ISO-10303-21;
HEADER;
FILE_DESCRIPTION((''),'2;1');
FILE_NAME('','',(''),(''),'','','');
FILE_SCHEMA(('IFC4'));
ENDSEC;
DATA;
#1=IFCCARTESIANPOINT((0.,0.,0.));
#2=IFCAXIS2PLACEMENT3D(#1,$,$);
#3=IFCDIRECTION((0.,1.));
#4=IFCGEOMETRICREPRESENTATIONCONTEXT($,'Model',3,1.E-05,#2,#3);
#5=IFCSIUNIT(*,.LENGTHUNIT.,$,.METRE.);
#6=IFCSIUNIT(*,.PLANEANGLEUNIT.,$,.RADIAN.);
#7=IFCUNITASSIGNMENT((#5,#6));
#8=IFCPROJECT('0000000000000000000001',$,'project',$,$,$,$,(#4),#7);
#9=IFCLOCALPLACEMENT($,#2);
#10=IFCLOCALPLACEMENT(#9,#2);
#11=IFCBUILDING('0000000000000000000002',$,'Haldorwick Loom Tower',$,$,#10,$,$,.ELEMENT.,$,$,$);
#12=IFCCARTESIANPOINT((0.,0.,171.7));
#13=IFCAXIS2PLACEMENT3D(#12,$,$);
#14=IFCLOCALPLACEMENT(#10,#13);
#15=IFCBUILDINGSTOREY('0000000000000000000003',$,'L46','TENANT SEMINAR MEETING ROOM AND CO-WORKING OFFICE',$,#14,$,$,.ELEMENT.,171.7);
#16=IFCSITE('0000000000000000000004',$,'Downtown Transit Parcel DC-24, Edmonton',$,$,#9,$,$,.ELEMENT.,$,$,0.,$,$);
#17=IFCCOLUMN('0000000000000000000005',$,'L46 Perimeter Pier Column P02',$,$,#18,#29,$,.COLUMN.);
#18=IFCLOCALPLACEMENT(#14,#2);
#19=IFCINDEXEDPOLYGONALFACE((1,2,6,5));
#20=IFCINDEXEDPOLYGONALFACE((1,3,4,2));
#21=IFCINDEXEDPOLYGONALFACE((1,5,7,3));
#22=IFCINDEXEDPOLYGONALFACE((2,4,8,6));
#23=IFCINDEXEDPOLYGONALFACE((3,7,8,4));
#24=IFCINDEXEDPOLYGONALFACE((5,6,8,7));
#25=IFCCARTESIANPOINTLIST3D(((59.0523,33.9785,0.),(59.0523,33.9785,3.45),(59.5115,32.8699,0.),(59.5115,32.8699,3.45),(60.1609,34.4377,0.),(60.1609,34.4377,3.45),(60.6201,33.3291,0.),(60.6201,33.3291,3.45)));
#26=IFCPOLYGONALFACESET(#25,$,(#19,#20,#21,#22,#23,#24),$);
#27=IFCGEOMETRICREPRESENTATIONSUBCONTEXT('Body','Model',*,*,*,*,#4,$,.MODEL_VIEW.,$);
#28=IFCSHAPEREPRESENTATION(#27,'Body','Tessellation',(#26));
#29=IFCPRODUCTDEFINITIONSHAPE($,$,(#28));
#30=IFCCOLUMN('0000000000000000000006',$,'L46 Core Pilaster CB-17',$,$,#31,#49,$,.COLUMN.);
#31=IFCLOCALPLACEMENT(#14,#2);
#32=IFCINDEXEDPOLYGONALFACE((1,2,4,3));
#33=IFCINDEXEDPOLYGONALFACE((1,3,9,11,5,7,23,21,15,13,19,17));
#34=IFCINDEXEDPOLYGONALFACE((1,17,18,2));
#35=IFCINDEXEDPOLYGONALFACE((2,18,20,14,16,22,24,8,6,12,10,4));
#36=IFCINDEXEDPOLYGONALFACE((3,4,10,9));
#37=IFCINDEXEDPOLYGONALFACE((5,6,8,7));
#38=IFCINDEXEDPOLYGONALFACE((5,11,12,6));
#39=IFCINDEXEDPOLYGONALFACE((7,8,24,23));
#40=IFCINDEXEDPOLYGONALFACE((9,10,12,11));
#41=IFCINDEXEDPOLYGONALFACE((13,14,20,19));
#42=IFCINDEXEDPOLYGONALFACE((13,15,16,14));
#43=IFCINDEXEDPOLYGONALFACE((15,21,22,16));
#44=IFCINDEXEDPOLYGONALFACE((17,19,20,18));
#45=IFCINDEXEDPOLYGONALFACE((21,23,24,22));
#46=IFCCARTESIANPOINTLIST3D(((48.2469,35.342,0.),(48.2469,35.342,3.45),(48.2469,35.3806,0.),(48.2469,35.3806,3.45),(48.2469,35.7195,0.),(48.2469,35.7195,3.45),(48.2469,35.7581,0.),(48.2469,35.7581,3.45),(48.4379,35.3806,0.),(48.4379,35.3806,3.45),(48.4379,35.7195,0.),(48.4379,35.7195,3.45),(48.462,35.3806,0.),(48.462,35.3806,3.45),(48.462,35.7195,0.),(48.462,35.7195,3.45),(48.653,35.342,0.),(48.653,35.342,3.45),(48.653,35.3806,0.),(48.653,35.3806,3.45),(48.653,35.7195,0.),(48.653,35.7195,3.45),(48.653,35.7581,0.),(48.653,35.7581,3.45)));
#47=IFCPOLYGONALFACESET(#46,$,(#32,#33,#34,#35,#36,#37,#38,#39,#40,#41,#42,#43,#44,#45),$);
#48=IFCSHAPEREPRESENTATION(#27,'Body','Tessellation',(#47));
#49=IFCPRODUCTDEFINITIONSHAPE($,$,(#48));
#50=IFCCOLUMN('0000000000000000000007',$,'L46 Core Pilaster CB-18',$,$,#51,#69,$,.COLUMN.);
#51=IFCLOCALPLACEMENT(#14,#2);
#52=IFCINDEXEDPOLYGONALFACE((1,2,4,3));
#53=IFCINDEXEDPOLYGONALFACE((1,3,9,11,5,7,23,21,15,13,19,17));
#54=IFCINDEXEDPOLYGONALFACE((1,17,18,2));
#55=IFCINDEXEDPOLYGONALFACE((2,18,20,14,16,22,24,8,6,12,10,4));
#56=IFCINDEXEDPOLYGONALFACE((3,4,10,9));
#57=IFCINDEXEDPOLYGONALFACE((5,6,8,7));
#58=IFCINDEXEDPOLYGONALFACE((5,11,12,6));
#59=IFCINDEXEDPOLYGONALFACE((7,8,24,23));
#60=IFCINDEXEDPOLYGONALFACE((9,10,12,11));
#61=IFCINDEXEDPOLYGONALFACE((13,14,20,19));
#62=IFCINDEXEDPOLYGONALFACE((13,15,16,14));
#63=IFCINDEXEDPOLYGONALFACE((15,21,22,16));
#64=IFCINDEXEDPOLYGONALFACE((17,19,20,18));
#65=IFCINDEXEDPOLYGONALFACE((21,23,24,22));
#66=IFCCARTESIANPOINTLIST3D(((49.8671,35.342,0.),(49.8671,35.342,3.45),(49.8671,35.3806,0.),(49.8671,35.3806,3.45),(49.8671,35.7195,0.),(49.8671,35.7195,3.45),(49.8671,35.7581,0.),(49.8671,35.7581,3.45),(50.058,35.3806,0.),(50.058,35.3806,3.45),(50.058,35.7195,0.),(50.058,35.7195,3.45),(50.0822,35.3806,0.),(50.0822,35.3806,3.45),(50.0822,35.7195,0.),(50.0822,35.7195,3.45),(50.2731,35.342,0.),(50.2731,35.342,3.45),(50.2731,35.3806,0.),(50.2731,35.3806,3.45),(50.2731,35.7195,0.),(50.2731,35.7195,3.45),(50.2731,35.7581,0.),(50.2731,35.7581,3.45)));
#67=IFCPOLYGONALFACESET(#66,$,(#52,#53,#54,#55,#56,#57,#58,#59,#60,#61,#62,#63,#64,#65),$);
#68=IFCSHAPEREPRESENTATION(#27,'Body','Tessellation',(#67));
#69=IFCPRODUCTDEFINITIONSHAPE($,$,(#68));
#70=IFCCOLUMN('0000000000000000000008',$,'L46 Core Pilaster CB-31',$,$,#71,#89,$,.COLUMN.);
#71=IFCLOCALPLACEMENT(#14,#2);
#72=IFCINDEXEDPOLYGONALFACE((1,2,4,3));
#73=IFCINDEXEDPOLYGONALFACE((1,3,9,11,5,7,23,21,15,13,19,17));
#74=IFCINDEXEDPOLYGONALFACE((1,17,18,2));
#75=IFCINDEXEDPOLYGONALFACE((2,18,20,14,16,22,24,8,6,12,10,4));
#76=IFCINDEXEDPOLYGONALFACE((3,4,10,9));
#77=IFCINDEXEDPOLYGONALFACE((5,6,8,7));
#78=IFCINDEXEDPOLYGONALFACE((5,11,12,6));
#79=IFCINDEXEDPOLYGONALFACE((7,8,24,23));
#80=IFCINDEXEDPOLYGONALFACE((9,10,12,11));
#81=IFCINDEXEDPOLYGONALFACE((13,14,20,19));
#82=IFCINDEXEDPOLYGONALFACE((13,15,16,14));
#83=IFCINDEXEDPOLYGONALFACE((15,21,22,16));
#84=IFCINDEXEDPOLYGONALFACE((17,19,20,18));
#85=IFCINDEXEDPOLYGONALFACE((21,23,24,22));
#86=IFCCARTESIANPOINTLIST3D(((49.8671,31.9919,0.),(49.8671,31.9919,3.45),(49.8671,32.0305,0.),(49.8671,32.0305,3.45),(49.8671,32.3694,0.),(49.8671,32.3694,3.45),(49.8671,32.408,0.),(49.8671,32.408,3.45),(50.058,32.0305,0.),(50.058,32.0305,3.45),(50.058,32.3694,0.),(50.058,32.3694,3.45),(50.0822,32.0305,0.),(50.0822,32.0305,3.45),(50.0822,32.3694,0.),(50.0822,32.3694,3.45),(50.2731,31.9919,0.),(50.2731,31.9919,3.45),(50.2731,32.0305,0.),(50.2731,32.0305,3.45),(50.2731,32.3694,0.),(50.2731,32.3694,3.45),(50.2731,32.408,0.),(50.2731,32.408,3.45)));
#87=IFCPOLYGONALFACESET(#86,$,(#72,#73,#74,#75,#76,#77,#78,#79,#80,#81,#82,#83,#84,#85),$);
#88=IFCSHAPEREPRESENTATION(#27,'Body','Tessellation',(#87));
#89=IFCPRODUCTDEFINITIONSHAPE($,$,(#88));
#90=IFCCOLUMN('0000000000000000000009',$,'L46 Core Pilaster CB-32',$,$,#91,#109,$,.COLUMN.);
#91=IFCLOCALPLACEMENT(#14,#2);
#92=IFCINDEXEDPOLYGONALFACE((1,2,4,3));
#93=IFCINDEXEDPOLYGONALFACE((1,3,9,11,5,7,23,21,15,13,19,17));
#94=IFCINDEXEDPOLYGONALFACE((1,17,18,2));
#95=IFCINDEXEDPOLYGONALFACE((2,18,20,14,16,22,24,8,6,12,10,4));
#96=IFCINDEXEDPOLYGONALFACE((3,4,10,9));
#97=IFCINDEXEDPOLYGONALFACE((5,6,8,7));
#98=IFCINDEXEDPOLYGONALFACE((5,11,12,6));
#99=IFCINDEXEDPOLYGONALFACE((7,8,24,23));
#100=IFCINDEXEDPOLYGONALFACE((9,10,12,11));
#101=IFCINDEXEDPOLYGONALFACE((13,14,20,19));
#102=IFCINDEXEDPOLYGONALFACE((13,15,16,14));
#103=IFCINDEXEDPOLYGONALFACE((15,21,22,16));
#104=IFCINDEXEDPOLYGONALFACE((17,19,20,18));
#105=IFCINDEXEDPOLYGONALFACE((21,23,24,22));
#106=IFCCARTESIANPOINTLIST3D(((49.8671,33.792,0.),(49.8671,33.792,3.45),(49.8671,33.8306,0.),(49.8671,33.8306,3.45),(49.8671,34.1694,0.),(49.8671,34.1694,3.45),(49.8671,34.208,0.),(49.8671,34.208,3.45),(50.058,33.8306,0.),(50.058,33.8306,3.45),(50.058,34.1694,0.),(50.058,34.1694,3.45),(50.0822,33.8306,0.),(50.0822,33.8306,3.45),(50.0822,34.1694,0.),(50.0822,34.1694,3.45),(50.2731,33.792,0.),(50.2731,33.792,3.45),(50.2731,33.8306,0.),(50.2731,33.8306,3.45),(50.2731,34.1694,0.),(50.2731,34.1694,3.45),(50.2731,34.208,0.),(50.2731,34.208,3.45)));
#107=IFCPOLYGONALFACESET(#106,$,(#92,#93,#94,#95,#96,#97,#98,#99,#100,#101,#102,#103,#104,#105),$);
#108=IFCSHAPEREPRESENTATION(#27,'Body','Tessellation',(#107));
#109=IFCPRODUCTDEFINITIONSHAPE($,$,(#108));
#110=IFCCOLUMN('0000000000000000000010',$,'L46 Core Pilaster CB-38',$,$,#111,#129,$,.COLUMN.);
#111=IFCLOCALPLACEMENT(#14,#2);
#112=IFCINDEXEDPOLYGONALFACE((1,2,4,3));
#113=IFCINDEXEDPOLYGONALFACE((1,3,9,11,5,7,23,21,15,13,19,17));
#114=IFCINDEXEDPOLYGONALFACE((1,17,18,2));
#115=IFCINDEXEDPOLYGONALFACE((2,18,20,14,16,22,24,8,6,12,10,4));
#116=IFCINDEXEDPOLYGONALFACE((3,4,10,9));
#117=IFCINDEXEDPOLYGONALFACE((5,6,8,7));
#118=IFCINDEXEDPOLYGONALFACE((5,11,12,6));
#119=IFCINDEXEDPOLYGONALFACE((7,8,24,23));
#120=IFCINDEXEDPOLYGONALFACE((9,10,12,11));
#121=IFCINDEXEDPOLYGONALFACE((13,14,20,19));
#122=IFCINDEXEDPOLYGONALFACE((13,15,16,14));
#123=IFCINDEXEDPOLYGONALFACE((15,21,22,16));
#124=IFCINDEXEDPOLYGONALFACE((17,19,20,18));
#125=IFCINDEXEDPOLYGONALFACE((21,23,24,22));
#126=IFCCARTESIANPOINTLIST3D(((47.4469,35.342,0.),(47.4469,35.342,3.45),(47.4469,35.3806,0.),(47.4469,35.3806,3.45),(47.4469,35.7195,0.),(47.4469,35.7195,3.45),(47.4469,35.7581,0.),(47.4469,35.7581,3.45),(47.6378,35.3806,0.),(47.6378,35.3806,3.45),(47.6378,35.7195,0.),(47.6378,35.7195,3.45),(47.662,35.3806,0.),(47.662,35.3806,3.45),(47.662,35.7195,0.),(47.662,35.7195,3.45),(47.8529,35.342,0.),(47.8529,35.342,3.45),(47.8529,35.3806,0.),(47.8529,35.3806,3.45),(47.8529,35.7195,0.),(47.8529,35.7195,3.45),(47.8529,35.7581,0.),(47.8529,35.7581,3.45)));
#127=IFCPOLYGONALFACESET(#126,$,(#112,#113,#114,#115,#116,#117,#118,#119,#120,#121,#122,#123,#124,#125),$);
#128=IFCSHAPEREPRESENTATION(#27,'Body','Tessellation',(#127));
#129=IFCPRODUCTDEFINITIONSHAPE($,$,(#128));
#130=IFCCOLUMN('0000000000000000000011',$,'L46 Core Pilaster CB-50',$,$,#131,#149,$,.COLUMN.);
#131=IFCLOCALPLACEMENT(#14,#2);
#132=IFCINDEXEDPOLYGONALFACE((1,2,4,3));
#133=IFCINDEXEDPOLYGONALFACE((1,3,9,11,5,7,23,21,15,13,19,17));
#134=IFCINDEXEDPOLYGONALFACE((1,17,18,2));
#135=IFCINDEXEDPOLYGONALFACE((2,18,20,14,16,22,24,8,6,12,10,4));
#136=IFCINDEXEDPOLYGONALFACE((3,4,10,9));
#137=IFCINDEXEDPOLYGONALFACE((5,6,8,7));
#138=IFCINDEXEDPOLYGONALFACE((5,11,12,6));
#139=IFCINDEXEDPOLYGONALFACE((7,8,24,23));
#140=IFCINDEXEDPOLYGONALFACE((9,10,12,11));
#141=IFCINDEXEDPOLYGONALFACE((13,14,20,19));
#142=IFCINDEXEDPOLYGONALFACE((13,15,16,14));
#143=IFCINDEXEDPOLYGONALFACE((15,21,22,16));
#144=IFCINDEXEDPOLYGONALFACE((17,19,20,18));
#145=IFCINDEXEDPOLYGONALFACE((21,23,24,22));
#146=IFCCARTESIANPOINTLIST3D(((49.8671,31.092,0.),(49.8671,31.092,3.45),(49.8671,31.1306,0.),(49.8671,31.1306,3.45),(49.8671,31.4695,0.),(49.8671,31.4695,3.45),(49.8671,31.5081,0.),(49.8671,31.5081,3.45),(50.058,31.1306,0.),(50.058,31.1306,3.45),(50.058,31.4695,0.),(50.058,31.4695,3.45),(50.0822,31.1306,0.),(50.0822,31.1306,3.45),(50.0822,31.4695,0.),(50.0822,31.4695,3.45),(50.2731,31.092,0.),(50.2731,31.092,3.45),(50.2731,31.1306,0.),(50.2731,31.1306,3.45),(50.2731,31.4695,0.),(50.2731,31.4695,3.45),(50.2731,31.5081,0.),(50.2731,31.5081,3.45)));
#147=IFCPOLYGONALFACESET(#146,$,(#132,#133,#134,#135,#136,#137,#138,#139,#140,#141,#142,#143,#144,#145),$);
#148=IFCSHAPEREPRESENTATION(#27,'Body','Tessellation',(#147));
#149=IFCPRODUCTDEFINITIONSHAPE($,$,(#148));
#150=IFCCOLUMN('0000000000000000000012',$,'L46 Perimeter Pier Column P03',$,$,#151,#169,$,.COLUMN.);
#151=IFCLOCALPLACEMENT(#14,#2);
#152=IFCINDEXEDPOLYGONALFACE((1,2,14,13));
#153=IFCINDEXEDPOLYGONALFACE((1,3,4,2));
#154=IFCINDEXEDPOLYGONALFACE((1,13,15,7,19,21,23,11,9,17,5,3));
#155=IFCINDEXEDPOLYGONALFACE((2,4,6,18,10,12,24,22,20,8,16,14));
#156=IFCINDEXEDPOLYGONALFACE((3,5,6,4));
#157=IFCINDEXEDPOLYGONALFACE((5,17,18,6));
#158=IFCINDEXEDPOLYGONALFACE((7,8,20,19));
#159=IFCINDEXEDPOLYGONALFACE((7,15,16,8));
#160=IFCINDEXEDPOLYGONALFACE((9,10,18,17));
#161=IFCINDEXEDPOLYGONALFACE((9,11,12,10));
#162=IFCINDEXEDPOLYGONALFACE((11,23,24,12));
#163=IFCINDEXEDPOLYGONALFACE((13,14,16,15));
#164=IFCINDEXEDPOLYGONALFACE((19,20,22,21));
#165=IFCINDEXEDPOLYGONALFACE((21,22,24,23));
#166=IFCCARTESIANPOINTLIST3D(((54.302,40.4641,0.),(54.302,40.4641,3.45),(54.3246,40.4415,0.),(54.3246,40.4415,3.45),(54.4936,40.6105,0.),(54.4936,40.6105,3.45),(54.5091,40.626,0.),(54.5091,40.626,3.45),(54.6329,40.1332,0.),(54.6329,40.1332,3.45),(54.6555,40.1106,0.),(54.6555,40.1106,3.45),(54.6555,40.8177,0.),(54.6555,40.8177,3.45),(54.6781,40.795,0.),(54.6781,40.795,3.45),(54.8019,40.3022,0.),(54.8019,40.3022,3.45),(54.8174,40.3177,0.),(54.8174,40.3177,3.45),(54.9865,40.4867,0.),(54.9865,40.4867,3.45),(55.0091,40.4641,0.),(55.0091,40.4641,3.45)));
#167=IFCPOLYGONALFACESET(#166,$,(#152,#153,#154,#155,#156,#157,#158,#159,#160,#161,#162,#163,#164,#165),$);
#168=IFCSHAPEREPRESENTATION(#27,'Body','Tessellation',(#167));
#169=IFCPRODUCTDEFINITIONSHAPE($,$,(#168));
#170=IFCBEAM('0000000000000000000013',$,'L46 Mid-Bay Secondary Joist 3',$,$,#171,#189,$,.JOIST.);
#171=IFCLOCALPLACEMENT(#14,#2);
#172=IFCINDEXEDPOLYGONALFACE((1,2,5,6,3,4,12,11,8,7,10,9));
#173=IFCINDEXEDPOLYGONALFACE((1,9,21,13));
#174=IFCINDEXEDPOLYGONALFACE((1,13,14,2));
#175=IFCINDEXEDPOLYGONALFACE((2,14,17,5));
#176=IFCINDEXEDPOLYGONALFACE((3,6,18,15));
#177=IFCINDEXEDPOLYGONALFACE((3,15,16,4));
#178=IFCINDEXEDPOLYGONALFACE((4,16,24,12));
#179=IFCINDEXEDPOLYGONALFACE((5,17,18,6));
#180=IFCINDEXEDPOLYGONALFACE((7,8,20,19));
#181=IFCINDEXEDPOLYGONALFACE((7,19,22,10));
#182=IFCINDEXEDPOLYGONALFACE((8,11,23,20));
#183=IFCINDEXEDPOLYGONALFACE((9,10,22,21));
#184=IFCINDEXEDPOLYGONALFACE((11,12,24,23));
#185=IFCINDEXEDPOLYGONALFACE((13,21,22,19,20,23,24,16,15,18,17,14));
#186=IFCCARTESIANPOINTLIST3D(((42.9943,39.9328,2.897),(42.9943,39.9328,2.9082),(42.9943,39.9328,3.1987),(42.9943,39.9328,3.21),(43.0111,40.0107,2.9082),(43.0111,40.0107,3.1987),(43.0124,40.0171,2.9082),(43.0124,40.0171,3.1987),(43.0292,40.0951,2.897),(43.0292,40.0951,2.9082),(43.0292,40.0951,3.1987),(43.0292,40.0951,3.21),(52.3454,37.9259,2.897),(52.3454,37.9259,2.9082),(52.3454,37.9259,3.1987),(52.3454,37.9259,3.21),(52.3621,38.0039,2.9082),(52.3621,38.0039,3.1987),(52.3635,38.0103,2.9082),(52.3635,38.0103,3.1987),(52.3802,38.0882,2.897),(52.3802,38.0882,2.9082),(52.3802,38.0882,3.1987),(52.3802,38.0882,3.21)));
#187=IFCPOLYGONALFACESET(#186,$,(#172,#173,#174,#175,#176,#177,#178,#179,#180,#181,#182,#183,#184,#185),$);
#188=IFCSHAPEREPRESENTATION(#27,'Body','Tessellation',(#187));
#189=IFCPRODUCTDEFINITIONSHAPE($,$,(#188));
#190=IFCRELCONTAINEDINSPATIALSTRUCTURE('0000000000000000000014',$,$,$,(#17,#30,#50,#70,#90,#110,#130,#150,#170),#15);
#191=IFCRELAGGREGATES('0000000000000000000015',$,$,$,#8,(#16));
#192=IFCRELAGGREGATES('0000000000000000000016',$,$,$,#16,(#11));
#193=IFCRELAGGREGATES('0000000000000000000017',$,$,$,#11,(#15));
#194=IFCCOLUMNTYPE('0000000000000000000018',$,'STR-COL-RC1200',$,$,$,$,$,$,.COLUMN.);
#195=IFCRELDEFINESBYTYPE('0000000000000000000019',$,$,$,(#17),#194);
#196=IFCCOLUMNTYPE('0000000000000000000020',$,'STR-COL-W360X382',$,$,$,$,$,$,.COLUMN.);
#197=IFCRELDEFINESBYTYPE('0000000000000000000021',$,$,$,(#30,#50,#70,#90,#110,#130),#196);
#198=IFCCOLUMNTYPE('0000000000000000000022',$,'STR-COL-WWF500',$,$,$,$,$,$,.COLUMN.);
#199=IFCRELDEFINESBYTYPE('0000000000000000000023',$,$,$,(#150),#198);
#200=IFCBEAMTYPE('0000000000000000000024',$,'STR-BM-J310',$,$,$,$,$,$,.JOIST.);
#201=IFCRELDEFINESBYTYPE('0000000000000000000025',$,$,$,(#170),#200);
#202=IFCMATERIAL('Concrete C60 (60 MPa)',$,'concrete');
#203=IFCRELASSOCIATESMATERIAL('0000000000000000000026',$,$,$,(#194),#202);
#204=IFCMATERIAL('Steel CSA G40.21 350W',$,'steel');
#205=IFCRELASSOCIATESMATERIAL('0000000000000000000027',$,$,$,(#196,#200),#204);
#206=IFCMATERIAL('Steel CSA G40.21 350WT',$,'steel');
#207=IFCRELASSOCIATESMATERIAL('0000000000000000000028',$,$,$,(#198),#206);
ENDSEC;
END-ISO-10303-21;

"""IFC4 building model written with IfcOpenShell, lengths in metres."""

from ifc_helpers import new_model, si_unit, direction, frame, origin, origin_2d, place, context, subcontext, project, spatial, rectangle, i_section, extrude, material, material_profile, profile_set, type_object, element, save


model = new_model("IFC4")

# Units and contexts
model_context = context("Model", 3, precision=1e-05, world=origin(), true_north=direction((0.0, 1.0)))
body_context = subcontext(model_context, "Body", "Model", "MODEL_VIEW")
ifc_project = project(units=[si_unit("LENGTHUNIT", "METRE"), si_unit("PLANEANGLEUNIT", "RADIAN")], contexts=[model_context])

# Site, building, storey
site_placement = place(None, origin())
site = spatial("IfcSite", under=ifc_project, at=site_placement, Name="Downtown Transit Parcel DC-24, Edmonton", CompositionType="ELEMENT", RefElevation=0.0)
building_placement = place(site_placement, origin())
building = spatial("IfcBuilding", under=site, at=building_placement, Name="Haldorwick Loom Tower", CompositionType="ELEMENT")
storey_placement = place(building_placement, frame((0.0, 0.0, 171.7)))
storey = spatial("IfcBuildingStorey", under=building, at=storey_placement, Name="L46", Description="TENANT SEMINAR MEETING ROOM AND CO-WORKING OFFICE", CompositionType="ELEMENT", Elevation=171.7)

# Columns
ifc_material_1 = material(Name="Concrete C60 (60 MPa)", Category="concrete")
ifc_material_profile_1 = material_profile(ifc_material_1, rectangle(XDim=1.2, YDim=1.2, at=origin_2d()), Name="RC1200X1200", Category="concrete")
ifc_profile_set_1 = profile_set([ifc_material_profile_1], Name="Concrete C60 (60 MPa)")
column_type_1 = type_object("IfcColumnType", Name="STR-COL-RC1200", PredefinedType="COLUMN", material=ifc_profile_set_1)
column_1_placement = place(storey_placement, frame((59.8362, 33.6538, 0.0), z_axis=(0.0, 0.0, 1.0), x_axis=(0.92388, 0.382683, 0.0)))
element("IfcColumn", 1, at=column_1_placement, inside=storey, type_object=column_type_1, Name="L46 Perimeter Pier Column P02", PredefinedType="COLUMN", context=body_context, shape_type="SweptSolid", body=[
    extrude(rectangle(XDim=1.2, YDim=1.2, at=origin_2d()), origin(), (0.0, 0.0, 1.0), 3.45),
])
ifc_material_2 = material(Name="Steel CSA G40.21 350W", Category="steel")
ifc_material_profile_2 = material_profile(ifc_material_2, i_section(OverallWidth=0.406, OverallDepth=0.416, WebThickness=0.0242, FlangeThickness=0.0386, at=origin_2d()), Name="W360X382", Category="steel")
ifc_profile_set_2 = profile_set([ifc_material_profile_2], Name="Steel CSA G40.21 350W")
column_type_2 = type_object("IfcColumnType", Name="STR-COL-W360X382", PredefinedType="COLUMN", material=ifc_profile_set_2)
for number, where, z_axis, x_axis, name in (
    (2, (48.45, 35.55, 0.0), (0.0, 0.0, 1.0), (1.0, 0.0, 0.0), "L46 Core Pilaster CB-17"),
    (3, (50.0701, 35.55, 0.0), (0.0, 0.0, 1.0), (1.0, 0.0, 0.0), "L46 Core Pilaster CB-18"),
    (4, (50.0701, 32.2, 0.0), (0.0, 0.0, 1.0), (1.0, 0.0, 0.0), "L46 Core Pilaster CB-31"),
    (5, (50.0701, 34.0, 0.0), (0.0, 0.0, 1.0), (1.0, 0.0, 0.0), "L46 Core Pilaster CB-32"),
    (6, (47.6499, 35.55, 0.0), (0.0, 0.0, 1.0), (1.0, 0.0, 0.0), "L46 Core Pilaster CB-38"),
    (7, (50.0701, 31.3, 0.0), (0.0, 0.0, 1.0), (1.0, 0.0, 0.0), "L46 Core Pilaster CB-50"),
):
    element("IfcColumn", number, at=place(storey_placement, frame(where, z_axis=z_axis, x_axis=x_axis)), inside=storey, type_object=column_type_2, Name=name, PredefinedType="COLUMN", context=body_context, shape_type="SweptSolid", body=[
        extrude(i_section(OverallWidth=0.406, OverallDepth=0.416, WebThickness=0.0242, FlangeThickness=0.0386, at=origin_2d()), origin(), (0.0, 0.0, 1.0), 3.45),
    ])
ifc_material_3 = material(Name="Steel CSA G40.21 350WT", Category="steel")
ifc_material_profile_3 = material_profile(ifc_material_3, i_section(OverallWidth=0.5, OverallDepth=0.5, WebThickness=0.022, FlangeThickness=0.032, at=origin_2d()), Name="WWF500X500", Category="steel")
ifc_profile_set_3 = profile_set([ifc_material_profile_3], Name="Steel CSA G40.21 350WT")
column_type_3 = type_object("IfcColumnType", Name="STR-COL-WWF500", PredefinedType="COLUMN", material=ifc_profile_set_3)
column_2_placement = place(storey_placement, frame((54.6555, 40.4641, 0.0), z_axis=(0.0, 0.0, 1.0), x_axis=(0.707107, 0.707107, 0.0)))
element("IfcColumn", 8, at=column_2_placement, inside=storey, type_object=column_type_3, Name="L46 Perimeter Pier Column P03", PredefinedType="COLUMN", context=body_context, shape_type="SweptSolid", body=[
    extrude(i_section(OverallWidth=0.5, OverallDepth=0.5, WebThickness=0.022, FlangeThickness=0.032, at=origin_2d()), origin(), (0.0, 0.0, 1.0), 3.45),
])

# Beam
ifc_material_profile_4 = material_profile(ifc_material_2, i_section(OverallWidth=0.166, OverallDepth=0.313, WebThickness=0.0066, FlangeThickness=0.0112, at=origin_2d()), Name="W310X45", Category="steel")
ifc_profile_set_4 = profile_set([ifc_material_profile_4], Name="Steel CSA G40.21 350W")
beam_type_1 = type_object("IfcBeamType", Name="STR-BM-J310", PredefinedType="JOIST", material=ifc_profile_set_4)
beam_1_placement = place(storey_placement, frame((52.3628, 38.0071, 3.0535), z_axis=(-0.977737, 0.209832, 0.0), x_axis=(-0.209832, -0.977737, 0.0)))
element("IfcBeam", 9, at=beam_1_placement, inside=storey, type_object=beam_type_1, Name="L46 Mid-Bay Secondary Joist 3", PredefinedType="JOIST", context=body_context, shape_type="SweptSolid", body=[
    extrude(i_section(OverallWidth=0.166, OverallDepth=0.313, WebThickness=0.0066, FlangeThickness=0.0112, at=origin_2d()), origin(), (0.0, 0.0, 1.0), 9.564),
])

save(model, "model.ifc")
